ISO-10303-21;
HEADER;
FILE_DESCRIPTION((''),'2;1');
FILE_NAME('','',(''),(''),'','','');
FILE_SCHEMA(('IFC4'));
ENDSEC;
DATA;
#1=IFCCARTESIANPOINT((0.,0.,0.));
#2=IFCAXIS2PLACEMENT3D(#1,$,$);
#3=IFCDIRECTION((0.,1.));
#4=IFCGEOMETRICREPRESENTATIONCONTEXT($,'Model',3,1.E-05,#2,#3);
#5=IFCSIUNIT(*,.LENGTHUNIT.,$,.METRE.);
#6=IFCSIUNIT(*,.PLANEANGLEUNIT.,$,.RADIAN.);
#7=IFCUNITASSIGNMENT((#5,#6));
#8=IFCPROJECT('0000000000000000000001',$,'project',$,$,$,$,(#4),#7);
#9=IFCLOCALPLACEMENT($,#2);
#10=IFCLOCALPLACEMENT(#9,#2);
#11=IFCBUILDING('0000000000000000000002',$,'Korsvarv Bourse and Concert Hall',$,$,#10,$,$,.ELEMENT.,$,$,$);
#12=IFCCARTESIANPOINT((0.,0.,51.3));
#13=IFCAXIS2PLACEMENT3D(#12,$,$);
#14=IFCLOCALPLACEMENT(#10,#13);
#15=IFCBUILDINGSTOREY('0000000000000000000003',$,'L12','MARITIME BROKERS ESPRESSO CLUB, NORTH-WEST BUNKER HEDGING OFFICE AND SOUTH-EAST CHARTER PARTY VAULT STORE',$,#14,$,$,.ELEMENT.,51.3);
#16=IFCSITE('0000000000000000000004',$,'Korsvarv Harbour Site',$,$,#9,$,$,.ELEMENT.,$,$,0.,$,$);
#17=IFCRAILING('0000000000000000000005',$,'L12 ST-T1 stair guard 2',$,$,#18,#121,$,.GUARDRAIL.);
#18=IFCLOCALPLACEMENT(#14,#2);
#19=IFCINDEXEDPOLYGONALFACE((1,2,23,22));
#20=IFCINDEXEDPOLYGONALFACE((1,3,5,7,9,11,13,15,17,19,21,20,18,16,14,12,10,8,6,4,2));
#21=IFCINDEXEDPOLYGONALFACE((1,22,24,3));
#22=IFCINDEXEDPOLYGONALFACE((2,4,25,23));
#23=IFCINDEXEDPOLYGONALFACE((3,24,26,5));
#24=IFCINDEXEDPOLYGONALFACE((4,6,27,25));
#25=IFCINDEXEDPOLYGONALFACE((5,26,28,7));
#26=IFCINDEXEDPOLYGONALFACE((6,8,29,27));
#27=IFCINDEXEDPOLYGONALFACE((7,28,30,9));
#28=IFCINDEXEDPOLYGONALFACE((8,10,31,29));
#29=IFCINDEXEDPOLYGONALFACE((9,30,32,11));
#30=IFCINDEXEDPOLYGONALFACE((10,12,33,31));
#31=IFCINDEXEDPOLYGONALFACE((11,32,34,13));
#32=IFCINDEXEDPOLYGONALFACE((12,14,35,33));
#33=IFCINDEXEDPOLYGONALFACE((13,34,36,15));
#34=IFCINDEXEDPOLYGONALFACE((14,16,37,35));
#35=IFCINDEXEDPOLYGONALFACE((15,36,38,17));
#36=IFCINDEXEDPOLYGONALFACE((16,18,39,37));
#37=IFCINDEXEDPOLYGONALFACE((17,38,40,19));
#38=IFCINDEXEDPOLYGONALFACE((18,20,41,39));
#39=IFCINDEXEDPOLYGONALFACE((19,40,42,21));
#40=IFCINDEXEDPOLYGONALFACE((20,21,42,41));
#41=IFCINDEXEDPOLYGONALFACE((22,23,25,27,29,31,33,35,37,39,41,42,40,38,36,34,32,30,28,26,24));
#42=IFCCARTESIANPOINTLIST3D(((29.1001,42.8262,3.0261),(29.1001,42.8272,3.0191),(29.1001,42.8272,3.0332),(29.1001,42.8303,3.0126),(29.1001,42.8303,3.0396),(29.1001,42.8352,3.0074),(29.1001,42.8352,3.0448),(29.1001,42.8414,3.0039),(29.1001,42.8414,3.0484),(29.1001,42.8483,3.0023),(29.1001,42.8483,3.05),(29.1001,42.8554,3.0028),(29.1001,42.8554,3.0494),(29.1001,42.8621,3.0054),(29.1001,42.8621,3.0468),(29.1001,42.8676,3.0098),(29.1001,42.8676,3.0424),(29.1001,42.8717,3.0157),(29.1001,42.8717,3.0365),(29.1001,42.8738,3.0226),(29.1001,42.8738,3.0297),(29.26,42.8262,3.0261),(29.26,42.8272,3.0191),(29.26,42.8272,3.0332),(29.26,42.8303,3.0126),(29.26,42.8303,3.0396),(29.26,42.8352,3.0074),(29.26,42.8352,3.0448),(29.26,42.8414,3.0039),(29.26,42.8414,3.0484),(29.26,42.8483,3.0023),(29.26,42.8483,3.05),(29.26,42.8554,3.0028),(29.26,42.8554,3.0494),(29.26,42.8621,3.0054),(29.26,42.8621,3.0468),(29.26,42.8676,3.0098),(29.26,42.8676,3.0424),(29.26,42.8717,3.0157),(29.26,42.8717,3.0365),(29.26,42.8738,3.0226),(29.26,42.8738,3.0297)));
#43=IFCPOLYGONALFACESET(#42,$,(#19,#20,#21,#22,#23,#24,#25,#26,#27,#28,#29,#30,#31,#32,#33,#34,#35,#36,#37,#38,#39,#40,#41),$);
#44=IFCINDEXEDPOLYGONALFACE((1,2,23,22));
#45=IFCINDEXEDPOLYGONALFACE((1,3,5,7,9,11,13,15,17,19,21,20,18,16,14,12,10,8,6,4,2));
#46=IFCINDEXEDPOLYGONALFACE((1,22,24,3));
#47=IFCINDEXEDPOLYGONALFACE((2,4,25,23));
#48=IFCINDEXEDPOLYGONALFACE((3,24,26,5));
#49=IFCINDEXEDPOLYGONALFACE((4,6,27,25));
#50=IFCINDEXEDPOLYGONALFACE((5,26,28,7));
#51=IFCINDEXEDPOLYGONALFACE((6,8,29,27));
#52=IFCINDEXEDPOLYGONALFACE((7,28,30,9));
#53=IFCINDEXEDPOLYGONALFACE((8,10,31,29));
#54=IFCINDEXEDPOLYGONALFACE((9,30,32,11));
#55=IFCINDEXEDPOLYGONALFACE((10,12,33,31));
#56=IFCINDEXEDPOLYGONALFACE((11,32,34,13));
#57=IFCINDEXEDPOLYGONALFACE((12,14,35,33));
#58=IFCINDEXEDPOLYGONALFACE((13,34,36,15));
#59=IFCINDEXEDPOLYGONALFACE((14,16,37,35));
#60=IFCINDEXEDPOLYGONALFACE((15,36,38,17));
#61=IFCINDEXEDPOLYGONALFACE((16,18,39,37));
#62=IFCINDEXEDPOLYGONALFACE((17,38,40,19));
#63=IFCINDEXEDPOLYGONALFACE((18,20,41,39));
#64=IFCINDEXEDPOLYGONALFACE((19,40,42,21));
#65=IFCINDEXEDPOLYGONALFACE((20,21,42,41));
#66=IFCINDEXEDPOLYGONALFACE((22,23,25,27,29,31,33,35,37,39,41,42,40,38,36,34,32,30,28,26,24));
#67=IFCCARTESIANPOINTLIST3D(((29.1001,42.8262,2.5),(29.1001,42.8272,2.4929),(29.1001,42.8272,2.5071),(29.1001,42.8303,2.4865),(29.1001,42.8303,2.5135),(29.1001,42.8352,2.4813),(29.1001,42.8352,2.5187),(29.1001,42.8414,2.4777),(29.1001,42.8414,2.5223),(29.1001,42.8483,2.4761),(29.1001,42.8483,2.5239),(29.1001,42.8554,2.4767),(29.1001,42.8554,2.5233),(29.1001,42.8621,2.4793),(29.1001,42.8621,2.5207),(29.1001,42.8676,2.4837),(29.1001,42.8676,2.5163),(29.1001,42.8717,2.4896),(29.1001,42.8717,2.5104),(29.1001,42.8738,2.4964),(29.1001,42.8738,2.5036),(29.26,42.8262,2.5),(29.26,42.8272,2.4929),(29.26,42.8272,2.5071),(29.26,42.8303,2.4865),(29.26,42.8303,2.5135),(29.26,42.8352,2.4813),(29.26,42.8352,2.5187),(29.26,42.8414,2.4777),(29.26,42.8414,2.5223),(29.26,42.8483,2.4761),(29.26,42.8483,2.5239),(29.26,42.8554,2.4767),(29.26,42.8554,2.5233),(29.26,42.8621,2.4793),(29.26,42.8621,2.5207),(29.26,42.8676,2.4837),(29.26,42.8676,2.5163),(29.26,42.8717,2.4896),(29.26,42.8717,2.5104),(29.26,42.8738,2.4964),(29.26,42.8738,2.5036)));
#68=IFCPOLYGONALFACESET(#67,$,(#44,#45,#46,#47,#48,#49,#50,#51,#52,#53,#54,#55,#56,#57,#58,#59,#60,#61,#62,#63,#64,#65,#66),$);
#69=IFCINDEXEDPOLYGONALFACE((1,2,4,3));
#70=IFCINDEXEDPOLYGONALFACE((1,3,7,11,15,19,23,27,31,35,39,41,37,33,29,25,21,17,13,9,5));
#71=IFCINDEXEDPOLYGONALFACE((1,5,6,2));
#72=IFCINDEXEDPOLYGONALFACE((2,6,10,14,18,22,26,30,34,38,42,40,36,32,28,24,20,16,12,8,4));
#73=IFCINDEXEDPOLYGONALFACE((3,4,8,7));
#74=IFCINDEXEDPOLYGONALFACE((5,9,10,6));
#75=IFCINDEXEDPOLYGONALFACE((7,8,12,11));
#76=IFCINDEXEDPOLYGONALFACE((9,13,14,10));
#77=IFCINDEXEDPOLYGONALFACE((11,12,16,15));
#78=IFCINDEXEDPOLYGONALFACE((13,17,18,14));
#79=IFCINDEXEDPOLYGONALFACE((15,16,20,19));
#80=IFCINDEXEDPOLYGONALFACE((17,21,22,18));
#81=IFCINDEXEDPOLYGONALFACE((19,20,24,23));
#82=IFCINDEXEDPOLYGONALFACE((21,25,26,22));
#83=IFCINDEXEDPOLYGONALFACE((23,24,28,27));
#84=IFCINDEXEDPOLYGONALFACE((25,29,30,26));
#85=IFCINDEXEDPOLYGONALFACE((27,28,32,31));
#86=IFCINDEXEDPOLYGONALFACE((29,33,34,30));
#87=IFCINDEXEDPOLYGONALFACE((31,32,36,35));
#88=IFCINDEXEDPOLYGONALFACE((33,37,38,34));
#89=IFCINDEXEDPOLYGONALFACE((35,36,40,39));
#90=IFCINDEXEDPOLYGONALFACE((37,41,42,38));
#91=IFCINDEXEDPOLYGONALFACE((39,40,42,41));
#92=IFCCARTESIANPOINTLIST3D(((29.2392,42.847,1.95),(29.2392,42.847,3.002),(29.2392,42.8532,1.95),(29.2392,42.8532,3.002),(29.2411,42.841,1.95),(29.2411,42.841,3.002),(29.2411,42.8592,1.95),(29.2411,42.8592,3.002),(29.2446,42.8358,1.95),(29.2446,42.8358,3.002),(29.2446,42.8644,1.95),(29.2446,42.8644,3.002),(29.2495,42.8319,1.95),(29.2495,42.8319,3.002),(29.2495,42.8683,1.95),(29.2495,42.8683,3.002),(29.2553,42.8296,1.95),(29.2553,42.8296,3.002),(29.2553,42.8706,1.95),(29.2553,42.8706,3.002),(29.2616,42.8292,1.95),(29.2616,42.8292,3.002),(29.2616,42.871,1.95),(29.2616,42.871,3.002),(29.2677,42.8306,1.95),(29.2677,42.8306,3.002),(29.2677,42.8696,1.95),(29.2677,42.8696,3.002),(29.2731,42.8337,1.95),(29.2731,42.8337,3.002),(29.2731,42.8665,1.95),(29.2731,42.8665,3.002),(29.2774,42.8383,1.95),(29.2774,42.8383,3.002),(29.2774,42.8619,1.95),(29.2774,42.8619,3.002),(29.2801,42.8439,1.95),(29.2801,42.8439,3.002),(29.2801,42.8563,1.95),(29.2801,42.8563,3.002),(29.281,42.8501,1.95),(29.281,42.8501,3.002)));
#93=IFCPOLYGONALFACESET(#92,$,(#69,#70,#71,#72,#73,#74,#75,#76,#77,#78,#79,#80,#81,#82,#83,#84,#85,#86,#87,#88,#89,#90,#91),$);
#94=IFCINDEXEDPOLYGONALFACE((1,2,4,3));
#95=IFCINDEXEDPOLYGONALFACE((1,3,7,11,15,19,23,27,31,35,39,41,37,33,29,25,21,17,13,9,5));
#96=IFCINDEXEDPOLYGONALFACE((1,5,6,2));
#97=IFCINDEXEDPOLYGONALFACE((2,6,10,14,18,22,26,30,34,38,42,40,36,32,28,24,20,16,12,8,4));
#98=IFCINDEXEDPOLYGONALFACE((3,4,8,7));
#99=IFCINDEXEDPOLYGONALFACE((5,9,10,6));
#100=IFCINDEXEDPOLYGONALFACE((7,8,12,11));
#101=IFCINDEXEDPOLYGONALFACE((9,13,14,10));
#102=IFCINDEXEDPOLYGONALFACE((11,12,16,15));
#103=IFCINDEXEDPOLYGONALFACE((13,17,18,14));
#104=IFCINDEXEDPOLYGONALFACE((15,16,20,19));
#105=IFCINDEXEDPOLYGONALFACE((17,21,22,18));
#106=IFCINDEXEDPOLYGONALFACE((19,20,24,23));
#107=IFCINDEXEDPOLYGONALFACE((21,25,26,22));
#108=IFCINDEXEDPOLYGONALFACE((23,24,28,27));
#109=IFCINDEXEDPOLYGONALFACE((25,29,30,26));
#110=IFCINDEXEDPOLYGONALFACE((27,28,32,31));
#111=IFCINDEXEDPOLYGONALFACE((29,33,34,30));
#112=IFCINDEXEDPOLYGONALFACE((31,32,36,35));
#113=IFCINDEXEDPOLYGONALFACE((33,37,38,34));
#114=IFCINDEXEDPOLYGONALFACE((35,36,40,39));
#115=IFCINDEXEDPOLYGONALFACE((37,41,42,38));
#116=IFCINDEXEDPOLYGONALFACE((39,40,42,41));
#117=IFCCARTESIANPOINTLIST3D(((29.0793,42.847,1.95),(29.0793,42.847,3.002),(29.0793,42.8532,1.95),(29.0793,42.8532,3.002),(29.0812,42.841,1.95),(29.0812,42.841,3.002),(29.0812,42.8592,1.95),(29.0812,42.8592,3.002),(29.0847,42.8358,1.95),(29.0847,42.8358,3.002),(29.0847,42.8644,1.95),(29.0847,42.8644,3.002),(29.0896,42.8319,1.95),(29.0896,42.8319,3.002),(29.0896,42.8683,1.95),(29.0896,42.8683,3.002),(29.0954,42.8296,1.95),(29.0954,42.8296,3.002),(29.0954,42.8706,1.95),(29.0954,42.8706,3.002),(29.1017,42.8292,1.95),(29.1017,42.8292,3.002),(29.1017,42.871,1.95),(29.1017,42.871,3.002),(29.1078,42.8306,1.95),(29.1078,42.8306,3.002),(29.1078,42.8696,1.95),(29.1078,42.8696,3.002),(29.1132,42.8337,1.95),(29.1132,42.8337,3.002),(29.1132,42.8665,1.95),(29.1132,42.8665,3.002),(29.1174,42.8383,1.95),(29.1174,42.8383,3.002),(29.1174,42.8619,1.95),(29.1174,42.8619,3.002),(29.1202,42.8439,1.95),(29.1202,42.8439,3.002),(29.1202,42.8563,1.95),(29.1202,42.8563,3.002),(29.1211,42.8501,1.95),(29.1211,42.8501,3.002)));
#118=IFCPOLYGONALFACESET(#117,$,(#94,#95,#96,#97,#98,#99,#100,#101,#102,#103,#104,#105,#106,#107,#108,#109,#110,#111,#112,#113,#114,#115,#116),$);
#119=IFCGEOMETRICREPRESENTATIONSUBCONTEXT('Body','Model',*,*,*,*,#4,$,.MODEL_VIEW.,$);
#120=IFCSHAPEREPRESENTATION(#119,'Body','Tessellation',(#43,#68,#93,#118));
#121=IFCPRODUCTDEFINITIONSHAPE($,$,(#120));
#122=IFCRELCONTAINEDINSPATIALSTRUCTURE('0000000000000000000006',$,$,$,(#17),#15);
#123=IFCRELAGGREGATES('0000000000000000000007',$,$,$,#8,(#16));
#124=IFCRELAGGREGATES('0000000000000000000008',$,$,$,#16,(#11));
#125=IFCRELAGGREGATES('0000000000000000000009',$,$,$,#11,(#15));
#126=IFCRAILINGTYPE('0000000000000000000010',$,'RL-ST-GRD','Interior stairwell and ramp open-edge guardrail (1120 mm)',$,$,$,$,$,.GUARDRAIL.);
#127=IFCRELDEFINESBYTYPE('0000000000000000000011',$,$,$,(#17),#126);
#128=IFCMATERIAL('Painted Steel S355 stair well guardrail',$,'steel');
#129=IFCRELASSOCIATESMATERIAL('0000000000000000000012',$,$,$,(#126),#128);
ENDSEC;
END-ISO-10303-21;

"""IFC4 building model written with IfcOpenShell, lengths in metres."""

from ifc_helpers import new_model, si_unit, direction, frame, origin, origin_2d, place, context, subcontext, project, spatial, circle, extrude, material, type_object, element, save


model = new_model("IFC4")

# Units and contexts
model_context = context("Model", 3, precision=1e-05, world=origin(), true_north=direction((0.0, 1.0)))
body_context = subcontext(model_context, "Body", "Model", "MODEL_VIEW")
ifc_project = project(units=[si_unit("LENGTHUNIT", "METRE"), si_unit("PLANEANGLEUNIT", "RADIAN")], contexts=[model_context])

# Site, building, storey
site_placement = place(None, origin())
site = spatial("IfcSite", under=ifc_project, at=site_placement, Name="Korsvarv Harbour Site", CompositionType="ELEMENT", RefElevation=0.0)
building_placement = place(site_placement, origin())
building = spatial("IfcBuilding", under=site, at=building_placement, Name="Korsvarv Bourse and Concert Hall", CompositionType="ELEMENT")
storey_placement = place(building_placement, frame((0.0, 0.0, 51.3)))
storey = spatial("IfcBuildingStorey", under=building, at=storey_placement, Name="L12", Description="MARITIME BROKERS ESPRESSO CLUB, NORTH-WEST BUNKER HEDGING OFFICE AND SOUTH-EAST CHARTER PARTY VAULT STORE", CompositionType="ELEMENT", Elevation=51.3)

# Railing
ifc_material_1 = material(Name="Painted Steel S355 stair well guardrail", Category="steel")
railing_type_1 = type_object("IfcRailingType", Name="RL-ST-GRD", Description="Interior stairwell and ramp open-edge guardrail (1120 mm)", PredefinedType="GUARDRAIL", material=ifc_material_1)
railing_1_placement = place(storey_placement, frame((29.26, 42.8501, 1.95)))
element("IfcRailing", 1, at=railing_1_placement, inside=storey, type_object=railing_type_1, Name="L12 ST-T1 stair guard 2", PredefinedType="GUARDRAIL", context=body_context, shape_type="SweptSolid", body=[
    extrude(circle(Radius=0.0239, at=origin_2d()), frame((0.0, 0.0, 1.0762), z_axis=(-1.0, 0.0, 0.0), x_axis=(0.0, -1.0, 0.0)), (0.0, 0.0, 1.0), 0.1599),
    extrude(circle(Radius=0.0239, at=origin_2d()), frame((0.0, 0.0, 0.55), z_axis=(-1.0, 0.0, 0.0), x_axis=(0.0, -1.0, 0.0)), (0.0, 0.0, 1.0), 0.1599),
    extrude(circle(Radius=0.021, at=origin_2d()), origin(), (0.0, 0.0, 1.0), 1.052),
    extrude(circle(Radius=0.021, at=origin_2d()), frame((-0.1599, 0.0, 0.0)), (0.0, 0.0, 1.0), 1.052),
])

save(model, "model.ifc")
